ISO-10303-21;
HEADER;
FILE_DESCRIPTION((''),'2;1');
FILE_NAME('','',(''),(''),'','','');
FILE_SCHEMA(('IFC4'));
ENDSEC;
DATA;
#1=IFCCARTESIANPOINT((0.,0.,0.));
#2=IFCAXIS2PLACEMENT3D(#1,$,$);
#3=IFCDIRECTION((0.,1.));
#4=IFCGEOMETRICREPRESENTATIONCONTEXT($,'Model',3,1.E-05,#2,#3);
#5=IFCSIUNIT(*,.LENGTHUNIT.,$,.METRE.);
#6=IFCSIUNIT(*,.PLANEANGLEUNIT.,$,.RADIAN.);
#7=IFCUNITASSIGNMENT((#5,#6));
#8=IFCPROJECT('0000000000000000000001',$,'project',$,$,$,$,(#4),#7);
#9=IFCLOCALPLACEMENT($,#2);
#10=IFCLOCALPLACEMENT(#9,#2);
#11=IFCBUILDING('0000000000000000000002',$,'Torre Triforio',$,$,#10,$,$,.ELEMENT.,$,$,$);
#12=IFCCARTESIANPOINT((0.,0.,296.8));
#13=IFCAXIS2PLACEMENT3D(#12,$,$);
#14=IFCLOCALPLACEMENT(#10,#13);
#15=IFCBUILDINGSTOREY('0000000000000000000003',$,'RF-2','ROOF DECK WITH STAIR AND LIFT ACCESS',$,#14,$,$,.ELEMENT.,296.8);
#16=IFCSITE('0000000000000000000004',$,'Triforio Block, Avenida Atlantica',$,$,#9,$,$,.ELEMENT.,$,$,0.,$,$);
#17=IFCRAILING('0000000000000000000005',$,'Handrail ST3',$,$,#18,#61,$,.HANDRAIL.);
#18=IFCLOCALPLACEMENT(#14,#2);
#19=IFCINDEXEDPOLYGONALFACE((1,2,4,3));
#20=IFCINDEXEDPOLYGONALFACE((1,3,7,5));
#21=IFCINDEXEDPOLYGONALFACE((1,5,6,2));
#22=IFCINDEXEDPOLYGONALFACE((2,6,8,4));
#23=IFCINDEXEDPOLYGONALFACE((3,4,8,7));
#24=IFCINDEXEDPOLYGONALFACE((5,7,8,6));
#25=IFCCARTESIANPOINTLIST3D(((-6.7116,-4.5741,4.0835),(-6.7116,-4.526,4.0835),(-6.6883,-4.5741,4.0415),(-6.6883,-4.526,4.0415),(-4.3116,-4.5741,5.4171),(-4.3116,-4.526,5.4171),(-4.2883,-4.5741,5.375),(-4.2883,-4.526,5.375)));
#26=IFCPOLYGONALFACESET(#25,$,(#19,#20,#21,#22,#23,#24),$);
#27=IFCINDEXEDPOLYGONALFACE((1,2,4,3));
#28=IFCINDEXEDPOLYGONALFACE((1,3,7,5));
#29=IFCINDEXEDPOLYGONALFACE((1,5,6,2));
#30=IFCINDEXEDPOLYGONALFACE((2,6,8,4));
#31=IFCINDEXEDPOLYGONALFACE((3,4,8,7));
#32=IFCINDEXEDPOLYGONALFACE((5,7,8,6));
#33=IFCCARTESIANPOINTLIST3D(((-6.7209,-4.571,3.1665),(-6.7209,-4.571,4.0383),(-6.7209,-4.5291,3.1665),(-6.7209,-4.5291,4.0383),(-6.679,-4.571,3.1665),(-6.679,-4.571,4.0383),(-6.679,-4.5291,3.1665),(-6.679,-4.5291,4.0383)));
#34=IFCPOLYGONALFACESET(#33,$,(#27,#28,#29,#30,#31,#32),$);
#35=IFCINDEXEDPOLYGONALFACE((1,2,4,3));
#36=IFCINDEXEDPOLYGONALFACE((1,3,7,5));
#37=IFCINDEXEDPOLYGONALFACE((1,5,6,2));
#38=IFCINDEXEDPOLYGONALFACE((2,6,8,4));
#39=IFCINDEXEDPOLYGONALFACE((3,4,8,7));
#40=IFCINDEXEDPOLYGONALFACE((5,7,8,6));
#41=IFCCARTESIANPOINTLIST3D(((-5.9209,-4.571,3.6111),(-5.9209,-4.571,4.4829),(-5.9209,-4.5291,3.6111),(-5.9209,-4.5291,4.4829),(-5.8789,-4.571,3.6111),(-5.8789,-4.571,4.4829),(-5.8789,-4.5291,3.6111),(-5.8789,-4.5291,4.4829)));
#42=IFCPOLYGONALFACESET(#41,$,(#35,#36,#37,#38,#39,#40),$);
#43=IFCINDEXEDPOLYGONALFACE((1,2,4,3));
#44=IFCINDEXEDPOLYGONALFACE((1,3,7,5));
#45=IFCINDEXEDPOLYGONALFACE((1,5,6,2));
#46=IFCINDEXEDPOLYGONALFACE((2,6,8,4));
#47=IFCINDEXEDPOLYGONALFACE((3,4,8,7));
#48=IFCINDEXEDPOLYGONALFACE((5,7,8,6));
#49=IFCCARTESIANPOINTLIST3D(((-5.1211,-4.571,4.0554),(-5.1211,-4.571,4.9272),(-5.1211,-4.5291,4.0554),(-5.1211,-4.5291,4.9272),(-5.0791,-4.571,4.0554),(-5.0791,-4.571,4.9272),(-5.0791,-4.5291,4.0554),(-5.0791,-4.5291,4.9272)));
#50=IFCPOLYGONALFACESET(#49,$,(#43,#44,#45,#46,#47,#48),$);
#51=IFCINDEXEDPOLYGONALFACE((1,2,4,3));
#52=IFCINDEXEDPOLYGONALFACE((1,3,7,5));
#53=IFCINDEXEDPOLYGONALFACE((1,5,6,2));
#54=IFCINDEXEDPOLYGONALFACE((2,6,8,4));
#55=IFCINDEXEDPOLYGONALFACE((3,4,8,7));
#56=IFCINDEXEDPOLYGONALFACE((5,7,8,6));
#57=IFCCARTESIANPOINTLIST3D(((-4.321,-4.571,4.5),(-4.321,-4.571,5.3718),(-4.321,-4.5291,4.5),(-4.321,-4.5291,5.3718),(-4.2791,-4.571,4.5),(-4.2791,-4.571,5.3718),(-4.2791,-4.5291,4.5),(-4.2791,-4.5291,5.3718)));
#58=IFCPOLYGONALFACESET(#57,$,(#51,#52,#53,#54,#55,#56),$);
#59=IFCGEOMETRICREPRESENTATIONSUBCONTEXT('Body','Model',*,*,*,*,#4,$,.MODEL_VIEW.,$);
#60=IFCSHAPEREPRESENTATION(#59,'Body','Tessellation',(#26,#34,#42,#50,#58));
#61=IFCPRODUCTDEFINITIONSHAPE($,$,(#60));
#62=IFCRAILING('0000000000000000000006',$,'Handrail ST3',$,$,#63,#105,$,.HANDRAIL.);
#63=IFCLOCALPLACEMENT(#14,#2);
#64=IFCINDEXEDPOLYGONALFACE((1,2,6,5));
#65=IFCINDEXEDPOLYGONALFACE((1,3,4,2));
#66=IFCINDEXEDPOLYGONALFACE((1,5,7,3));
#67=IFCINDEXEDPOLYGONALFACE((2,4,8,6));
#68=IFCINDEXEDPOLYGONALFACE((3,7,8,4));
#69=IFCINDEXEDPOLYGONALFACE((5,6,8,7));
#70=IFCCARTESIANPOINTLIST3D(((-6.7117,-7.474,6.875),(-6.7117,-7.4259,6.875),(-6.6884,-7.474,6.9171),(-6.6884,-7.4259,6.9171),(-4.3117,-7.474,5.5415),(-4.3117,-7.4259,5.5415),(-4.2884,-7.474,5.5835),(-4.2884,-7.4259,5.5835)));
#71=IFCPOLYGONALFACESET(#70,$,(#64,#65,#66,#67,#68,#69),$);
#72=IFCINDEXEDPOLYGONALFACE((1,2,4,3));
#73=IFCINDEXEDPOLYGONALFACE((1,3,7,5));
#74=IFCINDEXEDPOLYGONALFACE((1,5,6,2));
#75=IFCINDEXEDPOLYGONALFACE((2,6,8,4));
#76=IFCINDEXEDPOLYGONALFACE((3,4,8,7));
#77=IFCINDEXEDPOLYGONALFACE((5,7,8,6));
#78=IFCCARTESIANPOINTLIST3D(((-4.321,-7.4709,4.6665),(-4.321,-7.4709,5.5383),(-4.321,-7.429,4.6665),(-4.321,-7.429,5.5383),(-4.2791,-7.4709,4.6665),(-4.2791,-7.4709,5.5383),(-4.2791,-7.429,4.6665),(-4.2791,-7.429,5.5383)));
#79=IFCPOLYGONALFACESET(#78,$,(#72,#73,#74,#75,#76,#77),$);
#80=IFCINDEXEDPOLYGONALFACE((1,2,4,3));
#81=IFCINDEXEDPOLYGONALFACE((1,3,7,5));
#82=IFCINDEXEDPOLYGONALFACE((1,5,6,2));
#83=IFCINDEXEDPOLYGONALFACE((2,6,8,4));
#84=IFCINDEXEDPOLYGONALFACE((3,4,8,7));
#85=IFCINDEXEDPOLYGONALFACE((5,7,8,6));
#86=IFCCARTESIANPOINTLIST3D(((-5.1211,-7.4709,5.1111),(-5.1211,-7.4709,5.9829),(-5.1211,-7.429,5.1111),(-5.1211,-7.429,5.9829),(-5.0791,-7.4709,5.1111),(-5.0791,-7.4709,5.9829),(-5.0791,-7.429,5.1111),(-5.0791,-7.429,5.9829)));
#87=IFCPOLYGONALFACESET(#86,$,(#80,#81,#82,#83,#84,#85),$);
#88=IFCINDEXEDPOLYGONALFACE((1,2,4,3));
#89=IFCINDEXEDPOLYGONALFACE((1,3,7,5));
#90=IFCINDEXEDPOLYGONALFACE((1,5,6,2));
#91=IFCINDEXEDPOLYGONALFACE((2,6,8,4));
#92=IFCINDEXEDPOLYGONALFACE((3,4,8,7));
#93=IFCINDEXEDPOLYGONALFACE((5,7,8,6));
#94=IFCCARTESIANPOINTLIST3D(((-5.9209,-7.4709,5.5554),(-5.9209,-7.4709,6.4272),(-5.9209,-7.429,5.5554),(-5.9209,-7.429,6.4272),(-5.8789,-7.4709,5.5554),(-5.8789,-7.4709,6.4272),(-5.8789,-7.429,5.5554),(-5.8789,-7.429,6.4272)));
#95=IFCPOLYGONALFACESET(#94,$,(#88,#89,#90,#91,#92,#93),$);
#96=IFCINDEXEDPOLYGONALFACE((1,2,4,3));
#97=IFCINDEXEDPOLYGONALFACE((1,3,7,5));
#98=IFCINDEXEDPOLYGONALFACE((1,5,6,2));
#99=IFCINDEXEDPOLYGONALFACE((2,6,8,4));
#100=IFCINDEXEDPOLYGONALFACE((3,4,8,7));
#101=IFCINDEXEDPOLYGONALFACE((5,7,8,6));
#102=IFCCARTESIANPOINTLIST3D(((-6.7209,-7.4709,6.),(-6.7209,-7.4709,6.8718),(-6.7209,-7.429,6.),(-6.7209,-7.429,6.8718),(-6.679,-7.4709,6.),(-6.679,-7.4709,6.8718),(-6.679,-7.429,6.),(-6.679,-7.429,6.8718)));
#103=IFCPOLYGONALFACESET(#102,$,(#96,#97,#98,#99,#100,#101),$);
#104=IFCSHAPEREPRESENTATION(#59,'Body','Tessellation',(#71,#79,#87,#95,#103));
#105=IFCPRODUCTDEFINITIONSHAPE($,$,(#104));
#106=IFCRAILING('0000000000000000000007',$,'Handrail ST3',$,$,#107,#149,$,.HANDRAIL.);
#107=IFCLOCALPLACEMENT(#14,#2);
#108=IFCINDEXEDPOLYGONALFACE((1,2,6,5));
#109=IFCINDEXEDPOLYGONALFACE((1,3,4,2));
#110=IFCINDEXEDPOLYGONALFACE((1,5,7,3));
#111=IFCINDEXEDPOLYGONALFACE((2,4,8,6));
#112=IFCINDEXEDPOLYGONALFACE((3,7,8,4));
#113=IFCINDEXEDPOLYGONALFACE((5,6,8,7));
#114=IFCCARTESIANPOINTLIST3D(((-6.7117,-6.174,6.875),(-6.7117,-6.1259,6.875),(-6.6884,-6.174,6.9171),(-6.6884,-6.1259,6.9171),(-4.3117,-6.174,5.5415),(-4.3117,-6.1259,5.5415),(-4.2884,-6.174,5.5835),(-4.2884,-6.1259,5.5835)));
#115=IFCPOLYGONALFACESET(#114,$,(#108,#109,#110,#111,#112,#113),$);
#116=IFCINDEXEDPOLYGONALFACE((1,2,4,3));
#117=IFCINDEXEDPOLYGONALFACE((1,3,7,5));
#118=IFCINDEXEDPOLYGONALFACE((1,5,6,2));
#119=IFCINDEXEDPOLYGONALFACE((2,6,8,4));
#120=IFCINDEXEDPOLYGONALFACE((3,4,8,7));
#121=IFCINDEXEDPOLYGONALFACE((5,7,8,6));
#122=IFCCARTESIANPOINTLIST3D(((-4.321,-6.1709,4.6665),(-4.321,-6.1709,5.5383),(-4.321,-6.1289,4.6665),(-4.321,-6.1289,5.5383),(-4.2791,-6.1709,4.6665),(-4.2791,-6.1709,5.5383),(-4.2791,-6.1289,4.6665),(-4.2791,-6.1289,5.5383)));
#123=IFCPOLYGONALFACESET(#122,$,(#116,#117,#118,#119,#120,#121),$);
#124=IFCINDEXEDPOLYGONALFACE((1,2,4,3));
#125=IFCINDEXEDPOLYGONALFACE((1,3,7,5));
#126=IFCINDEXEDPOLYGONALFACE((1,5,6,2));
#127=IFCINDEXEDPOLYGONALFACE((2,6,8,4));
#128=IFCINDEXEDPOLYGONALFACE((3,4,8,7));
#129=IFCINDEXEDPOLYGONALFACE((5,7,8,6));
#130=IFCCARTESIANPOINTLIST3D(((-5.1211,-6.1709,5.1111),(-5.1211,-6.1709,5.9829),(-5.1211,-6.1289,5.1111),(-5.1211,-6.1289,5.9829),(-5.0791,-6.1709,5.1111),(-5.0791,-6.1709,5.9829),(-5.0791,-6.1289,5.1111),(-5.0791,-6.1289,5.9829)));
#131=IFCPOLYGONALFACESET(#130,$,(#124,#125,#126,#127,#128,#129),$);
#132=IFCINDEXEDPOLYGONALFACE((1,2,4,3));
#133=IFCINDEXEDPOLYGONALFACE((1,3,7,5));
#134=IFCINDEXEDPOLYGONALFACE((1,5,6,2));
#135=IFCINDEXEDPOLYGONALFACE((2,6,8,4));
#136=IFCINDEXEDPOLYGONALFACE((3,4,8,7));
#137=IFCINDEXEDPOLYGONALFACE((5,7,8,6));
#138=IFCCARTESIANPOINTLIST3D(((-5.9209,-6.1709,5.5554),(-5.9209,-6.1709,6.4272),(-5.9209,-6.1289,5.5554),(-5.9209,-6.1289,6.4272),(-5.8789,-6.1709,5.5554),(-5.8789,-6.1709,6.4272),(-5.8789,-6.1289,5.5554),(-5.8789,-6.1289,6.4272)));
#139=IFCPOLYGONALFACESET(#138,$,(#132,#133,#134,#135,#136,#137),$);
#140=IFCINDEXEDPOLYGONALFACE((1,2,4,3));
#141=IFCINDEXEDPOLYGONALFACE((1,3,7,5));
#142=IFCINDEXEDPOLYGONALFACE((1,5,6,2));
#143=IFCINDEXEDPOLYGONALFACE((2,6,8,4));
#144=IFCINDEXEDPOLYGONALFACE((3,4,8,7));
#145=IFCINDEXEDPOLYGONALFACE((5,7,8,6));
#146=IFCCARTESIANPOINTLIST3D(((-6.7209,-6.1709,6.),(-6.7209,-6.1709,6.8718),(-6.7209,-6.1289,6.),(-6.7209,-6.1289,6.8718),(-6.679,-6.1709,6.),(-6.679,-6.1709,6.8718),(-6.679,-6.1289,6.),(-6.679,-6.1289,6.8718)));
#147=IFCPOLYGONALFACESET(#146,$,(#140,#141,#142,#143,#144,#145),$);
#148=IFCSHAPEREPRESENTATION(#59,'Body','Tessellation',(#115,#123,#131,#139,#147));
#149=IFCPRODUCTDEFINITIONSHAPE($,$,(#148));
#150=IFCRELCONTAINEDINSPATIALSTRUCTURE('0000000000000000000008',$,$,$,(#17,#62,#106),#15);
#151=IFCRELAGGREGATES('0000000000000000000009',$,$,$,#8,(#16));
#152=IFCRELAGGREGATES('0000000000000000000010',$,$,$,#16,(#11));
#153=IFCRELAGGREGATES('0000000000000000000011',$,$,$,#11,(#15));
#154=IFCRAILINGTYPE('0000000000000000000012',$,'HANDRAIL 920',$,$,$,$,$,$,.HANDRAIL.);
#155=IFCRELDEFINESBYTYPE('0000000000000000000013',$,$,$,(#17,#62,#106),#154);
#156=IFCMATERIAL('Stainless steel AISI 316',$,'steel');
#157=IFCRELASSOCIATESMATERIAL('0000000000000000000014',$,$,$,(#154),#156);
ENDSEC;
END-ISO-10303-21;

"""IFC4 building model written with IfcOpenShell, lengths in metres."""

from ifc_helpers import new_model, si_unit, direction, frame, origin, origin_2d, place, context, subcontext, project, spatial, rectangle, extrude, material, type_object, element, save


model = new_model("IFC4")

# Units and contexts
model_context = context("Model", 3, precision=1e-05, world=origin(), true_north=direction((0.0, 1.0)))
body_context = subcontext(model_context, "Body", "Model", "MODEL_VIEW")
ifc_project = project(units=[si_unit("LENGTHUNIT", "METRE"), si_unit("PLANEANGLEUNIT", "RADIAN")], contexts=[model_context])

# Site, building, storey
site_placement = place(None, origin())
site = spatial("IfcSite", under=ifc_project, at=site_placement, Name="Triforio Block, Avenida Atlantica", CompositionType="ELEMENT", RefElevation=0.0)
building_placement = place(site_placement, origin())
building = spatial("IfcBuilding", under=site, at=building_placement, Name="Torre Triforio", CompositionType="ELEMENT")
storey_placement = place(building_placement, frame((0.0, 0.0, 296.8)))
storey = spatial("IfcBuildingStorey", under=building, at=storey_placement, Name="RF-2", Description="ROOF DECK WITH STAIR AND LIFT ACCESS", CompositionType="ELEMENT", Elevation=296.8)

# Railings
ifc_material_1 = material(Name="Stainless steel AISI 316", Category="steel")
railing_type = type_object("IfcRailingType", Name="HANDRAIL 920", PredefinedType="HANDRAIL", material=ifc_material_1)
railing_1_placement = place(storey_placement, frame((-6.7, -4.55, 3.1665)))
element("IfcRailing", 1, at=railing_1_placement, inside=storey, type_object=railing_type, Name="Handrail ST3", PredefinedType="HANDRAIL", context=body_context, shape_type="SweptSolid", body=[
    extrude(rectangle(XDim=0.0481, YDim=0.0481, at=origin_2d()), frame((0.0, 0.0, 0.896), z_axis=(0.874124, 0.0, 0.485703), x_axis=(0.0, 1.0, 0.0)), (0.0, 0.0, 1.0), 2.7456),
    extrude(rectangle(XDim=0.042, YDim=0.042, at=origin_2d()), origin(), (0.0, 0.0, 1.0), 0.8718),
    extrude(rectangle(XDim=0.042, YDim=0.042, at=origin_2d()), frame((0.8, 0.0, 0.4446)), (0.0, 0.0, 1.0), 0.8718),
    extrude(rectangle(XDim=0.042, YDim=0.042, at=origin_2d()), frame((1.5999, 0.0, 0.8889)), (0.0, 0.0, 1.0), 0.8718),
    extrude(rectangle(XDim=0.042, YDim=0.042, at=origin_2d()), frame((2.3999, 0.0, 1.3335)), (0.0, 0.0, 1.0), 0.8718),
])
for number, where, name in (
    (2, (-4.3, -7.45, 4.6665), "Handrail ST3"),
    (3, (-4.3, -6.1499, 4.6665), "Handrail ST3"),
):
    element("IfcRailing", number, at=place(storey_placement, frame(where)), inside=storey, type_object=railing_type, Name=name, PredefinedType="HANDRAIL", context=body_context, shape_type="SweptSolid", body=[
        extrude(rectangle(XDim=0.0481, YDim=0.0481, at=origin_2d()), frame((0.0, 0.0, 0.896), z_axis=(-0.874124, 0.0, 0.485703), x_axis=(0.0, -1.0, 0.0)), (0.0, 0.0, 1.0), 2.7456),
        extrude(rectangle(XDim=0.042, YDim=0.042, at=origin_2d()), origin(), (0.0, 0.0, 1.0), 0.8718),
        extrude(rectangle(XDim=0.042, YDim=0.042, at=origin_2d()), frame((-0.8, 0.0, 0.4446)), (0.0, 0.0, 1.0), 0.8718),
        extrude(rectangle(XDim=0.042, YDim=0.042, at=origin_2d()), frame((-1.5999, 0.0, 0.8889)), (0.0, 0.0, 1.0), 0.8718),
        extrude(rectangle(XDim=0.042, YDim=0.042, at=origin_2d()), frame((-2.3999, 0.0, 1.3335)), (0.0, 0.0, 1.0), 0.8718),
    ])

save(model, "model.ifc")
